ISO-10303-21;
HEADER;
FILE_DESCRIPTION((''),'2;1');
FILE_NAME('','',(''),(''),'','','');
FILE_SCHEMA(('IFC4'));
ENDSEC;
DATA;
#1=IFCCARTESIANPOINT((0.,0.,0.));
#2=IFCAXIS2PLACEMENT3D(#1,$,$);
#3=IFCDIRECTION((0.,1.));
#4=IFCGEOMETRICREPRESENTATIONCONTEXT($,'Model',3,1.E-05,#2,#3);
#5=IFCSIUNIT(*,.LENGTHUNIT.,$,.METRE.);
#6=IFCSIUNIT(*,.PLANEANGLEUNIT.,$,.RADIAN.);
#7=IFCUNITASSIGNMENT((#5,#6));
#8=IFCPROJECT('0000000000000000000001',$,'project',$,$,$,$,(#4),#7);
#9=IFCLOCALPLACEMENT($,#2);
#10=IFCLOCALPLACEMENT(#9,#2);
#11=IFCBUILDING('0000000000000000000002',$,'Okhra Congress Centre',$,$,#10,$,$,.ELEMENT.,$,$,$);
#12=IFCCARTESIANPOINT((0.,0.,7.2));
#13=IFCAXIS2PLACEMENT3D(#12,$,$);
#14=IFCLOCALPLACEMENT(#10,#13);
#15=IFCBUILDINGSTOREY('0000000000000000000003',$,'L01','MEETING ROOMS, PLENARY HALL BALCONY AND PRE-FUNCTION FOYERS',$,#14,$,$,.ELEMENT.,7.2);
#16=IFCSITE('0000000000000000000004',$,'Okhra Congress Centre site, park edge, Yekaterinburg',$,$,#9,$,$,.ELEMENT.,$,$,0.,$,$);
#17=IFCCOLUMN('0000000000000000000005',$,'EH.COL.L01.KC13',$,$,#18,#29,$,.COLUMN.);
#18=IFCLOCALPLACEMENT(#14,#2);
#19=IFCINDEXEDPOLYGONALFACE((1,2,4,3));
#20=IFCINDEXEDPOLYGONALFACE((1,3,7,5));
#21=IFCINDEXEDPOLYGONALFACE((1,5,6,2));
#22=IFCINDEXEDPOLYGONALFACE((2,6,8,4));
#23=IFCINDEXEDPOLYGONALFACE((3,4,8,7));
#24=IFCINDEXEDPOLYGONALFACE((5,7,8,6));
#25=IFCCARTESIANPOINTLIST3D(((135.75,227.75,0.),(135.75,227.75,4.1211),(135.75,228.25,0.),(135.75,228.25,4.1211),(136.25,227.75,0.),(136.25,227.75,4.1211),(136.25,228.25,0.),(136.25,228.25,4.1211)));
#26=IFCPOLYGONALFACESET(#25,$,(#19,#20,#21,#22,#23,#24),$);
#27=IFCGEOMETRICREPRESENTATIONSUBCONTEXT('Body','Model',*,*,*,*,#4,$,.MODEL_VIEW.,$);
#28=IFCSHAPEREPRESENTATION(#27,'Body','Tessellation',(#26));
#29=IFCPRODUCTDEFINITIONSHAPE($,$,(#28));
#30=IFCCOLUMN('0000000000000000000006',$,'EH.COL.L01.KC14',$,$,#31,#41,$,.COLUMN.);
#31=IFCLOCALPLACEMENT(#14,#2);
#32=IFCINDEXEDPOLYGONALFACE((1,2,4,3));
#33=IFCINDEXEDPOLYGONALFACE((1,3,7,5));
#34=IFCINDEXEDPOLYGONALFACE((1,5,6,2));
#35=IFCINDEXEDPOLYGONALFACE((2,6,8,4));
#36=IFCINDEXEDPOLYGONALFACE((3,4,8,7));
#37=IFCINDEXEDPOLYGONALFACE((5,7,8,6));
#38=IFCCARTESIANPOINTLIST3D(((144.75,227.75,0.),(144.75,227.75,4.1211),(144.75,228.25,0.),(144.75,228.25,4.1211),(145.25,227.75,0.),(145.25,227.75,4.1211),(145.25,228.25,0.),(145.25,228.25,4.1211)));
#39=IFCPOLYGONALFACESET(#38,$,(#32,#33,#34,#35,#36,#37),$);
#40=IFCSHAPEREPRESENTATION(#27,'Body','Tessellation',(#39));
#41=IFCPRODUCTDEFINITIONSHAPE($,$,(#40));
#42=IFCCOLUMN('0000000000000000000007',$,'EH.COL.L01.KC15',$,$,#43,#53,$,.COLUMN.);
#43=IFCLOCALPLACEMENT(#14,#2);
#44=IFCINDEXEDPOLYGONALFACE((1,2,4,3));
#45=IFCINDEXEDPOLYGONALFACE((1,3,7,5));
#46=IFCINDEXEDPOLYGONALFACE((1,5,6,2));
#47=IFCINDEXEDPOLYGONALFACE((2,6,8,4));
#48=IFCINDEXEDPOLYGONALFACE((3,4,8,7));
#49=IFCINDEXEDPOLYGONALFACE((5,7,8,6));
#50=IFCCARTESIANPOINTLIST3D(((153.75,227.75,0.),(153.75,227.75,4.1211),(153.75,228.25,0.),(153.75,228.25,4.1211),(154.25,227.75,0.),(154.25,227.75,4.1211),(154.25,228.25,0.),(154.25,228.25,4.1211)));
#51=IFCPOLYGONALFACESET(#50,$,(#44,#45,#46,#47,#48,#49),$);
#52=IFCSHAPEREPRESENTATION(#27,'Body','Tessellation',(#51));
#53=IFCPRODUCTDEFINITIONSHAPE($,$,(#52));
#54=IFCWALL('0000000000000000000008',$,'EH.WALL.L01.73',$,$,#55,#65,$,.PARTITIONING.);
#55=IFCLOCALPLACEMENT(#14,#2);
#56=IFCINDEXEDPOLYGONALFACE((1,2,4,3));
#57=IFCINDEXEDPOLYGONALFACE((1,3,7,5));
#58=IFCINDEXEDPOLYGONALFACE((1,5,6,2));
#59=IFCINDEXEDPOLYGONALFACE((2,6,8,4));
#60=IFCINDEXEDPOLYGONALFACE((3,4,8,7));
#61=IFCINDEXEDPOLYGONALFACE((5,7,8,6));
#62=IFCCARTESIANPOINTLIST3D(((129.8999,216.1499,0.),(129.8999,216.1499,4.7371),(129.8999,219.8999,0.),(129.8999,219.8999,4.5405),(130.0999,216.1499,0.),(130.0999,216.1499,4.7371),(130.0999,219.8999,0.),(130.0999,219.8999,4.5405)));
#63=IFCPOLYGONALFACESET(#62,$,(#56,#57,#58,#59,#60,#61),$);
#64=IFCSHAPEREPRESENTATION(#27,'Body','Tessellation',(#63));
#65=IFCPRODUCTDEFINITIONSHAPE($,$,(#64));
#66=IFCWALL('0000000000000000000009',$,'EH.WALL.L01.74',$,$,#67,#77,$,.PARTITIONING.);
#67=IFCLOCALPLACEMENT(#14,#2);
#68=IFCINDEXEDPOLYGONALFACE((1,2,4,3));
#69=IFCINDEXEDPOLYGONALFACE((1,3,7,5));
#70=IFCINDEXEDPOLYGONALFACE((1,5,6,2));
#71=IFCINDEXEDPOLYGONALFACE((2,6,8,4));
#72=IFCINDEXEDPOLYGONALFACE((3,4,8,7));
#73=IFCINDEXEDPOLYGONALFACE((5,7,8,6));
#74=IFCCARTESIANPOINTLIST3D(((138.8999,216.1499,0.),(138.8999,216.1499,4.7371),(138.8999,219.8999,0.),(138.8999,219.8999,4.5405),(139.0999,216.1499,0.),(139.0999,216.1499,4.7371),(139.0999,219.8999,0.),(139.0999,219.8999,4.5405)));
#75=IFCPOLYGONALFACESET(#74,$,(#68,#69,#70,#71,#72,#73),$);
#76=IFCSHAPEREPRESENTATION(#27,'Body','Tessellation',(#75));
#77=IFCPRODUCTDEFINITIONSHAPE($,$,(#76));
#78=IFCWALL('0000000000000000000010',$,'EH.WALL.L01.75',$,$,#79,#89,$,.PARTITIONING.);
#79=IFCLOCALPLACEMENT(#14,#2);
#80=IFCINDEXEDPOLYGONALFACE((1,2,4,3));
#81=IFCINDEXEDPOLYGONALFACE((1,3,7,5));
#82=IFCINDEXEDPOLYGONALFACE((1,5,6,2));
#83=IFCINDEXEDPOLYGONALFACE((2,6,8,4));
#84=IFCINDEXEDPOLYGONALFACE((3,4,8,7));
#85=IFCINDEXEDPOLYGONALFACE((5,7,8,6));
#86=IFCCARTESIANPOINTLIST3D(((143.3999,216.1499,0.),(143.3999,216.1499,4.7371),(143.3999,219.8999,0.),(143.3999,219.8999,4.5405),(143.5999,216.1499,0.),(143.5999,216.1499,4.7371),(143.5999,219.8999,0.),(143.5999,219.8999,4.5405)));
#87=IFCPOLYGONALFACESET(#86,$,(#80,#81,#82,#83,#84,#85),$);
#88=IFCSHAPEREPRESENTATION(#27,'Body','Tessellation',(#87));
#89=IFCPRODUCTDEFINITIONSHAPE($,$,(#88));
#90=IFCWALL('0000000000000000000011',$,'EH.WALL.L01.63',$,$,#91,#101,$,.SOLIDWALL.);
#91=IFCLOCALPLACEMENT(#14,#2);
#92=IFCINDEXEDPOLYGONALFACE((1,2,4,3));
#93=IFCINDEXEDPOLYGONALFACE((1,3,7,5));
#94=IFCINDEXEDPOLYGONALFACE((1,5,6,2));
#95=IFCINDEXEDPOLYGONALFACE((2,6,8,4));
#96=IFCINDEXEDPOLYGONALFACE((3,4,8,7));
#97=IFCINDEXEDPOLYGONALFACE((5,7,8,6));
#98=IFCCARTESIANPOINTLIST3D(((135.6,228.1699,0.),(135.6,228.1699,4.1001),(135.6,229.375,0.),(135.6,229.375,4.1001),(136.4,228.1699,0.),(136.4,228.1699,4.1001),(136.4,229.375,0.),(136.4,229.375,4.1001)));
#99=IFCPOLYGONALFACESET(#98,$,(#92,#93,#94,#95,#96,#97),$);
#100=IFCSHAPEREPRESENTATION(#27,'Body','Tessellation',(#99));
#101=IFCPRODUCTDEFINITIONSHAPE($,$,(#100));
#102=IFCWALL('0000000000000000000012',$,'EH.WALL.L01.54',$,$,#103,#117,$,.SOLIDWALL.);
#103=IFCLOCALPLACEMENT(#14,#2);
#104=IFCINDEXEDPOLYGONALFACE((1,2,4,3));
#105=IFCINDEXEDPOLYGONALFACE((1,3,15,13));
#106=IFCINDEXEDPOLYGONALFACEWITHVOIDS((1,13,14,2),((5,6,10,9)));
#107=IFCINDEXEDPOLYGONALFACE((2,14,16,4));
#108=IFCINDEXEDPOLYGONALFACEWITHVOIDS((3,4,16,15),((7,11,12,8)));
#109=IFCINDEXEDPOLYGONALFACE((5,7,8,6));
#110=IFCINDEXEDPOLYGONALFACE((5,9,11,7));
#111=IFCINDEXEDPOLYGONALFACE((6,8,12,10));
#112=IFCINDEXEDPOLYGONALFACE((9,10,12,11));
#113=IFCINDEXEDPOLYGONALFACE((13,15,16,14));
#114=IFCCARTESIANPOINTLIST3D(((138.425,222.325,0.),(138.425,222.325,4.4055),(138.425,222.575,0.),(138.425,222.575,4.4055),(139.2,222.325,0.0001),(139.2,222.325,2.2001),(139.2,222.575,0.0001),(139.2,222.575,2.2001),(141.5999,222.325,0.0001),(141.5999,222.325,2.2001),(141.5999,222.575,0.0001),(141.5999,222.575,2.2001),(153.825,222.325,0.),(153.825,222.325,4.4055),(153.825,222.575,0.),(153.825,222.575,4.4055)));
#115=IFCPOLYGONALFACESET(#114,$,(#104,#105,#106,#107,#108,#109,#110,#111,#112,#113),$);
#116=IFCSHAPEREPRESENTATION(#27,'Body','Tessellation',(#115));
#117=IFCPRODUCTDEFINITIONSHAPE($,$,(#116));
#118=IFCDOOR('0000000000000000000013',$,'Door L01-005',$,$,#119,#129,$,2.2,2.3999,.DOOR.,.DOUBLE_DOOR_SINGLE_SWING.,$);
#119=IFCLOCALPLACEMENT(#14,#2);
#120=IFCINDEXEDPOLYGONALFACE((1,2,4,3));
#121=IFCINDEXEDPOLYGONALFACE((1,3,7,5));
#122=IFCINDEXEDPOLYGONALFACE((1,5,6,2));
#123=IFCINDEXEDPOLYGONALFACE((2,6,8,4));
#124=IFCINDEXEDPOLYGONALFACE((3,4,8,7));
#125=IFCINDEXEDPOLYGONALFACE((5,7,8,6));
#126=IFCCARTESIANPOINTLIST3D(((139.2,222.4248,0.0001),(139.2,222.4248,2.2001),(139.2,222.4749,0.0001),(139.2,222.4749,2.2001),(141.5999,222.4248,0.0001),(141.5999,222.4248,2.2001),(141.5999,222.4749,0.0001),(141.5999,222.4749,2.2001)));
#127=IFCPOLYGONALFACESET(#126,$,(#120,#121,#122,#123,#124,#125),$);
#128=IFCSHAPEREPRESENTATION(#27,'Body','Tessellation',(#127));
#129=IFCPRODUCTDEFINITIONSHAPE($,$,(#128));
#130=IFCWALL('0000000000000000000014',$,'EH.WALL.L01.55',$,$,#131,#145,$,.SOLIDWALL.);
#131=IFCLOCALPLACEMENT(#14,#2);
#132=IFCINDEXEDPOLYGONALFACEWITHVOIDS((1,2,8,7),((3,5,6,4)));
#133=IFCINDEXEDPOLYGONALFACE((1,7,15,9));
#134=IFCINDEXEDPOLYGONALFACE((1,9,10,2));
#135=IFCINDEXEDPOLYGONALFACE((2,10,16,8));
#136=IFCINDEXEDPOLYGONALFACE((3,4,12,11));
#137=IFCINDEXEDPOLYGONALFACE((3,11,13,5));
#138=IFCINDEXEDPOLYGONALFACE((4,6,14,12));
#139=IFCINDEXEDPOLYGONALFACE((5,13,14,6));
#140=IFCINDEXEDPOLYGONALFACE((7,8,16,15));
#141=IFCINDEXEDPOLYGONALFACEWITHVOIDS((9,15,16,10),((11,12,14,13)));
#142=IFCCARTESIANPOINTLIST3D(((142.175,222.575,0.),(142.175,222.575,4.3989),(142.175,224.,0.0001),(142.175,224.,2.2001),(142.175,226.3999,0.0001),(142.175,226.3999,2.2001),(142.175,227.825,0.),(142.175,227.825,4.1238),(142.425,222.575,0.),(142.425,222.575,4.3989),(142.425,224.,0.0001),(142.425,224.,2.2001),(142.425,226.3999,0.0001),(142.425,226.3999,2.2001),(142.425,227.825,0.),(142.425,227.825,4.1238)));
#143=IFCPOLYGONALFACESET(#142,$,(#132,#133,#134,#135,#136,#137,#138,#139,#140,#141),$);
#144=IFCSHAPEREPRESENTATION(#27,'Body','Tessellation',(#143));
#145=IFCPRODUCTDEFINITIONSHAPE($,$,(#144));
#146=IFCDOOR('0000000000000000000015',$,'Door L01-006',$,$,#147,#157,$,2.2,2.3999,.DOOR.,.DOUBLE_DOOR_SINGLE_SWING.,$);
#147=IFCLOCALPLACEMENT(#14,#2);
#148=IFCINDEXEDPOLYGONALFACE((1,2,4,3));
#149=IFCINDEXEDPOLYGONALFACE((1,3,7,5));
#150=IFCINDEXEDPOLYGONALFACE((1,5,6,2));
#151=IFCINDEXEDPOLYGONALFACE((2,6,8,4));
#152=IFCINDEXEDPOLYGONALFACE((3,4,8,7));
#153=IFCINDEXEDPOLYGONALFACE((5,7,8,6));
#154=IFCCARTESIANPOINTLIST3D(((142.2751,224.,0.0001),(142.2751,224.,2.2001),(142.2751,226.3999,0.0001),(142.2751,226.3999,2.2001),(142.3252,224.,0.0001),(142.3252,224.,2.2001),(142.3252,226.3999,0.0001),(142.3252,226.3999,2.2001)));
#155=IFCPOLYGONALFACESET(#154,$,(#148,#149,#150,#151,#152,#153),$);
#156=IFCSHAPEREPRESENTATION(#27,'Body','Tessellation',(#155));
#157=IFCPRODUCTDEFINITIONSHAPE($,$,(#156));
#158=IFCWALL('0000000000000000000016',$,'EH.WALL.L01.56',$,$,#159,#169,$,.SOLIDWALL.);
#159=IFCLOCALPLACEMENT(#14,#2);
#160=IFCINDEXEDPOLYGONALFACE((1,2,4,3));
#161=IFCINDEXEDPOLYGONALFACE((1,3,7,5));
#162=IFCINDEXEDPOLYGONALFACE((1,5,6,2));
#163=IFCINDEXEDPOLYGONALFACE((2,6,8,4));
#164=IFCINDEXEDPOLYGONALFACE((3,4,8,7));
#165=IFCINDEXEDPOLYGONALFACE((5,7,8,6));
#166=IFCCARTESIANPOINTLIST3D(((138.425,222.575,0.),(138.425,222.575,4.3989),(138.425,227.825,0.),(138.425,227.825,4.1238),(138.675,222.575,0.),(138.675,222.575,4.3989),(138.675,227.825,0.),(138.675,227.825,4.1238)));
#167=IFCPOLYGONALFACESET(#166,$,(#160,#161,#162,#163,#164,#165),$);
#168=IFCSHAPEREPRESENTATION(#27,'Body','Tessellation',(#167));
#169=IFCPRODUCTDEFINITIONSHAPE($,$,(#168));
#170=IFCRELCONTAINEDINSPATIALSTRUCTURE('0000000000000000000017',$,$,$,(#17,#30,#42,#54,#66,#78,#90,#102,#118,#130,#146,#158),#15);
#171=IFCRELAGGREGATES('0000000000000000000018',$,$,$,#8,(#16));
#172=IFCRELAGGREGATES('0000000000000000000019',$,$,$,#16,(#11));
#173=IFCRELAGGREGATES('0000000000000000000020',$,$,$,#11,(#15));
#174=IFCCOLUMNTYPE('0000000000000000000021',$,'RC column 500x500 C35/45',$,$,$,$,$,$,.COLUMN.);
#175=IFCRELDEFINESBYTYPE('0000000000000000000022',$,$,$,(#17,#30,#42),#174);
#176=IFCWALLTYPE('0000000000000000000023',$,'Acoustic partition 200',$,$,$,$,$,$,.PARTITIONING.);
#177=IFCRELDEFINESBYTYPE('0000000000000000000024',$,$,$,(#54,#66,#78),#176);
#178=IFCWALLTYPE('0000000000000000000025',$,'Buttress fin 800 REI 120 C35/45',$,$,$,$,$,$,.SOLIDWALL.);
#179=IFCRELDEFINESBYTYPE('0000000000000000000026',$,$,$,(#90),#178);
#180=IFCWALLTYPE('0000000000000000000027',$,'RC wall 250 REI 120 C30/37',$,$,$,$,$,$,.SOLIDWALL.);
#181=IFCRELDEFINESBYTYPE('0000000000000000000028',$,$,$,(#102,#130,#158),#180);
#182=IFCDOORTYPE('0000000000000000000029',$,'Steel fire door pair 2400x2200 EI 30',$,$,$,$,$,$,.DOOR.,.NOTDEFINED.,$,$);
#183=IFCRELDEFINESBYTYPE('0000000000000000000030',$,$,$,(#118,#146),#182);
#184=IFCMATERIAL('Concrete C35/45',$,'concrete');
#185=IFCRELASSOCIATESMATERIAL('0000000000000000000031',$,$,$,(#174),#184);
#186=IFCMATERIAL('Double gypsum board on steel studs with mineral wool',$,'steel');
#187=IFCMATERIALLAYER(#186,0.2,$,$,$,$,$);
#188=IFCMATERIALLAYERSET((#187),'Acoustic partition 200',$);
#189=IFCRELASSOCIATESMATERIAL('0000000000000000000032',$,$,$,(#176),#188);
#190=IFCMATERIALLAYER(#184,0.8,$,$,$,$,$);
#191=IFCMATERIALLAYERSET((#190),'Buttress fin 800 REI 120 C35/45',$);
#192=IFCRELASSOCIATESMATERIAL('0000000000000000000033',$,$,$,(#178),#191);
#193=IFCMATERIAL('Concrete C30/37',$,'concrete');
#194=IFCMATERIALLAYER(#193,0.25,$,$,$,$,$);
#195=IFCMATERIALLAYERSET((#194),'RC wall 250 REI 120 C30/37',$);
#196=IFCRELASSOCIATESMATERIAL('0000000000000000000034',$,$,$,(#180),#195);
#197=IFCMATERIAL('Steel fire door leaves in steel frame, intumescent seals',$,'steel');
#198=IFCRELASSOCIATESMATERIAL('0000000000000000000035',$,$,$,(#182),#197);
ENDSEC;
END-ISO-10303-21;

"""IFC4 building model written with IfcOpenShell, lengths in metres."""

from ifc_helpers import new_model, si_unit, direction, frame, frame_2d, origin, origin_2d, place, context, subcontext, project, spatial, polyline, rectangle, outline, extrude, material, layer, layer_set, material_profile, profile_set, type_object, element, fill, save


model = new_model("IFC4")

# Units and contexts
model_context = context("Model", 3, precision=1e-05, world=origin(), true_north=direction((0.0, 1.0)))
body_context = subcontext(model_context, "Body", "Model", "MODEL_VIEW")
ifc_project = project(units=[si_unit("LENGTHUNIT", "METRE"), si_unit("PLANEANGLEUNIT", "RADIAN")], contexts=[model_context])

# Site, building, storey
site_placement = place(None, origin())
site = spatial("IfcSite", under=ifc_project, at=site_placement, Name="Okhra Congress Centre site, park edge, Yekaterinburg", CompositionType="ELEMENT", RefElevation=0.0)
building_placement = place(site_placement, origin())
building = spatial("IfcBuilding", under=site, at=building_placement, Name="Okhra Congress Centre", CompositionType="ELEMENT")
storey_placement = place(building_placement, frame((0.0, 0.0, 7.2)))
storey = spatial("IfcBuildingStorey", under=building, at=storey_placement, Name="L01", Description="MEETING ROOMS, PLENARY HALL BALCONY AND PRE-FUNCTION FOYERS", CompositionType="ELEMENT", Elevation=7.2)

# Columns
ifc_material_1 = material(Name="Concrete C35/45", Category="concrete")
ifc_material_profile = material_profile(ifc_material_1, rectangle(XDim=0.5, YDim=0.5, at=origin_2d()), Name="RC 500x500")
ifc_profile_set = profile_set([ifc_material_profile], Name="Concrete C35/45")
column_type = type_object("IfcColumnType", Name="RC column 500x500 C35/45", PredefinedType="COLUMN", material=ifc_profile_set)
for number, where, z_axis, x_axis, name in (
    (1, (136.0, 228.0, 0.0), (0.0, 0.0, 1.0), (1.0, 0.0, 0.0), "EH.COL.L01.KC13"),
    (2, (145.0, 228.0, 0.0), (0.0, 0.0, 1.0), (1.0, 0.0, 0.0), "EH.COL.L01.KC14"),
    (3, (154.0, 228.0, 0.0), (0.0, 0.0, 1.0), (1.0, 0.0, 0.0), "EH.COL.L01.KC15"),
):
    element("IfcColumn", number, at=place(storey_placement, frame(where, z_axis=z_axis, x_axis=x_axis)), inside=storey, type_object=column_type, Name=name, PredefinedType="COLUMN", context=body_context, shape_type="SweptSolid", body=[
        extrude(rectangle(XDim=0.5, YDim=0.5, at=origin_2d()), origin(), (0.0, 0.0, 1.0), 4.1211),
    ])

# Walls
ifc_material_2 = material(Name="Double gypsum board on steel studs with mineral wool", Category="steel")
ifc_layer_1 = layer(ifc_material_2, 0.2)
ifc_layer_set_1 = layer_set([ifc_layer_1], Name="Acoustic partition 200")
wall_type_1 = type_object("IfcWallType", Name="Acoustic partition 200", PredefinedType="PARTITIONING", material=ifc_layer_set_1)
for number, where, z_axis, x_axis, name in (
    (4, (130.0, 216.1499, 0.0), (0.0, 0.0, 1.0), (0.0, 1.0, 0.0), "EH.WALL.L01.73"),
    (5, (139.0, 216.1499, 0.0), (0.0, 0.0, 1.0), (0.0, 1.0, 0.0), "EH.WALL.L01.74"),
    (6, (143.5, 216.1499, 0.0), (0.0, 0.0, 1.0), (0.0, 1.0, 0.0), "EH.WALL.L01.75"),
):
    element("IfcWall", number, at=place(storey_placement, frame(where, z_axis=z_axis, x_axis=x_axis)), inside=storey, type_object=wall_type_1, Name=name, PredefinedType="PARTITIONING", context=body_context, shape_type="SweptSolid", body=[
        extrude(outline(polyline([(0.0, 0.0), (3.75, 0.0), (3.75, 4.5405), (0.0, 4.7371), (0.0, 0.0)])), frame((0.0, 0.1001, 0.0), z_axis=(0.0, -1.0, 0.0), x_axis=(1.0, 0.0, 0.0)), (0.0, 0.0, 1.0), 0.2),
    ])
ifc_layer_2 = layer(ifc_material_1, 0.8)
ifc_layer_set_2 = layer_set([ifc_layer_2], Name="Buttress fin 800 REI 120 C35/45")
wall_type_2 = type_object("IfcWallType", Name="Buttress fin 800 REI 120 C35/45", PredefinedType="SOLIDWALL", material=ifc_layer_set_2)
wall_1_placement = place(storey_placement, frame((136.0, 228.1699, 0.0), z_axis=(0.0, 0.0, 1.0), x_axis=(0.0, 1.0, 0.0)))
element("IfcWall", 7, at=wall_1_placement, inside=storey, type_object=wall_type_2, Name="EH.WALL.L01.63", PredefinedType="SOLIDWALL", context=body_context, shape_type="SweptSolid", body=[
    extrude(rectangle(XDim=1.2051, YDim=0.8, at=frame_2d((0.6025, 0.0))), origin(), (0.0, 0.0, 1.0), 4.1001),
])

# Walls, openings, doors
ifc_material_3 = material(Name="Concrete C30/37", Category="concrete")
ifc_layer_3 = layer(ifc_material_3, 0.25)
ifc_layer_set_3 = layer_set([ifc_layer_3], Name="RC wall 250 REI 120 C30/37")
wall_type_3 = type_object("IfcWallType", Name="RC wall 250 REI 120 C30/37", PredefinedType="SOLIDWALL", material=ifc_layer_set_3)
wall_2_placement = place(storey_placement, frame((138.425, 222.45, 0.0), z_axis=(0.0, 0.0, 1.0), x_axis=(1.0, 0.0, 0.0)))
wall_2 = element("IfcWall", 8, at=wall_2_placement, inside=storey, type_object=wall_type_3, Name="EH.WALL.L01.54", PredefinedType="SOLIDWALL", context=body_context, shape_type="SweptSolid", body=[
    extrude(rectangle(XDim=15.3999, YDim=0.25, at=frame_2d((7.7, 0.0))), origin(), (0.0, 0.0, 1.0), 4.4055),
])
opening_1_placement = place(wall_2_placement, frame((0.7749, 0.0, 0.0)))
opening_1 = element("IfcOpeningElement", 9, at=opening_1_placement, cuts=wall_2, PredefinedType="OPENING", context=body_context, shape_type="SweptSolid", body=[
    extrude(rectangle(XDim=2.3999, YDim=2.2, at=frame_2d((1.2, 1.1001))), frame((0.0, 0.135, 0.0), z_axis=(0.0, -1.0, 0.0), x_axis=(1.0, 0.0, 0.0)), (0.0, 0.0, 1.0), 0.27),
])
ifc_material_4 = material(Name="Steel fire door leaves in steel frame, intumescent seals", Category="steel")
door_type_1 = type_object("IfcDoorType", Name="Steel fire door pair 2400x2200 EI 30", OperationType="NOTDEFINED", PredefinedType="DOOR", material=ifc_material_4)
door_1_placement = place(opening_1_placement, origin())
door_1 = element("IfcDoor", 10, at=door_1_placement, inside=storey, type_object=door_type_1, Name="Door L01-005", OperationType="DOUBLE_DOOR_SINGLE_SWING", OverallHeight=2.2, OverallWidth=2.3999, PredefinedType="DOOR", context=body_context, shape_type="SweptSolid", body=[
    extrude(rectangle(XDim=2.3999, YDim=2.2, at=frame_2d((1.2, 1.1001))), frame((0.0, 0.0249, 0.0), z_axis=(0.0, -1.0, 0.0), x_axis=(1.0, 0.0, 0.0)), (0.0, 0.0, 1.0), 0.05),
])
fill(opening_1, door_1)
wall_3_placement = place(storey_placement, frame((142.3, 222.575, 0.0), z_axis=(0.0, 0.0, 1.0), x_axis=(0.0, 1.0, 0.0)))
wall_3 = element("IfcWall", 11, at=wall_3_placement, inside=storey, type_object=wall_type_3, Name="EH.WALL.L01.55", PredefinedType="SOLIDWALL", context=body_context, shape_type="SweptSolid", body=[
    extrude(outline(polyline([(0.0, 0.0), (5.25, 0.0), (5.25, 4.1238), (0.0, 4.3989), (0.0, 0.0)])), frame((0.0, 0.125, 0.0), z_axis=(0.0, -1.0, 0.0), x_axis=(1.0, 0.0, 0.0)), (0.0, 0.0, 1.0), 0.25),
])
opening_2_placement = place(wall_3_placement, frame((1.425, 0.0, 0.0)))
opening_2 = element("IfcOpeningElement", 12, at=opening_2_placement, cuts=wall_3, PredefinedType="OPENING", context=body_context, shape_type="SweptSolid", body=[
    extrude(rectangle(XDim=2.3999, YDim=2.2, at=frame_2d((1.2, 1.1001))), frame((0.0, 0.135, 0.0), z_axis=(0.0, -1.0, 0.0), x_axis=(1.0, 0.0, 0.0)), (0.0, 0.0, 1.0), 0.27),
])
door_2_placement = place(opening_2_placement, origin())
door_2 = element("IfcDoor", 13, at=door_2_placement, inside=storey, type_object=door_type_1, Name="Door L01-006", OperationType="DOUBLE_DOOR_SINGLE_SWING", OverallHeight=2.2, OverallWidth=2.3999, PredefinedType="DOOR", context=body_context, shape_type="SweptSolid", body=[
    extrude(rectangle(XDim=2.3999, YDim=2.2, at=frame_2d((1.2, 1.1001))), frame((0.0, 0.0249, 0.0), z_axis=(0.0, -1.0, 0.0), x_axis=(1.0, 0.0, 0.0)), (0.0, 0.0, 1.0), 0.05),
])
fill(opening_2, door_2)

# Wall
wall_4_placement = place(storey_placement, frame((138.55, 222.575, 0.0), z_axis=(0.0, 0.0, 1.0), x_axis=(0.0, 1.0, 0.0)))
element("IfcWall", 14, at=wall_4_placement, inside=storey, type_object=wall_type_3, Name="EH.WALL.L01.56", PredefinedType="SOLIDWALL", context=body_context, shape_type="SweptSolid", body=[
    extrude(outline(polyline([(0.0, 0.0), (5.25, 0.0), (5.25, 4.1238), (0.0, 4.3989), (0.0, 0.0)])), frame((0.0, 0.125, 0.0), z_axis=(0.0, -1.0, 0.0), x_axis=(1.0, 0.0, 0.0)), (0.0, 0.0, 1.0), 0.25),
])

save(model, "model.ifc")
